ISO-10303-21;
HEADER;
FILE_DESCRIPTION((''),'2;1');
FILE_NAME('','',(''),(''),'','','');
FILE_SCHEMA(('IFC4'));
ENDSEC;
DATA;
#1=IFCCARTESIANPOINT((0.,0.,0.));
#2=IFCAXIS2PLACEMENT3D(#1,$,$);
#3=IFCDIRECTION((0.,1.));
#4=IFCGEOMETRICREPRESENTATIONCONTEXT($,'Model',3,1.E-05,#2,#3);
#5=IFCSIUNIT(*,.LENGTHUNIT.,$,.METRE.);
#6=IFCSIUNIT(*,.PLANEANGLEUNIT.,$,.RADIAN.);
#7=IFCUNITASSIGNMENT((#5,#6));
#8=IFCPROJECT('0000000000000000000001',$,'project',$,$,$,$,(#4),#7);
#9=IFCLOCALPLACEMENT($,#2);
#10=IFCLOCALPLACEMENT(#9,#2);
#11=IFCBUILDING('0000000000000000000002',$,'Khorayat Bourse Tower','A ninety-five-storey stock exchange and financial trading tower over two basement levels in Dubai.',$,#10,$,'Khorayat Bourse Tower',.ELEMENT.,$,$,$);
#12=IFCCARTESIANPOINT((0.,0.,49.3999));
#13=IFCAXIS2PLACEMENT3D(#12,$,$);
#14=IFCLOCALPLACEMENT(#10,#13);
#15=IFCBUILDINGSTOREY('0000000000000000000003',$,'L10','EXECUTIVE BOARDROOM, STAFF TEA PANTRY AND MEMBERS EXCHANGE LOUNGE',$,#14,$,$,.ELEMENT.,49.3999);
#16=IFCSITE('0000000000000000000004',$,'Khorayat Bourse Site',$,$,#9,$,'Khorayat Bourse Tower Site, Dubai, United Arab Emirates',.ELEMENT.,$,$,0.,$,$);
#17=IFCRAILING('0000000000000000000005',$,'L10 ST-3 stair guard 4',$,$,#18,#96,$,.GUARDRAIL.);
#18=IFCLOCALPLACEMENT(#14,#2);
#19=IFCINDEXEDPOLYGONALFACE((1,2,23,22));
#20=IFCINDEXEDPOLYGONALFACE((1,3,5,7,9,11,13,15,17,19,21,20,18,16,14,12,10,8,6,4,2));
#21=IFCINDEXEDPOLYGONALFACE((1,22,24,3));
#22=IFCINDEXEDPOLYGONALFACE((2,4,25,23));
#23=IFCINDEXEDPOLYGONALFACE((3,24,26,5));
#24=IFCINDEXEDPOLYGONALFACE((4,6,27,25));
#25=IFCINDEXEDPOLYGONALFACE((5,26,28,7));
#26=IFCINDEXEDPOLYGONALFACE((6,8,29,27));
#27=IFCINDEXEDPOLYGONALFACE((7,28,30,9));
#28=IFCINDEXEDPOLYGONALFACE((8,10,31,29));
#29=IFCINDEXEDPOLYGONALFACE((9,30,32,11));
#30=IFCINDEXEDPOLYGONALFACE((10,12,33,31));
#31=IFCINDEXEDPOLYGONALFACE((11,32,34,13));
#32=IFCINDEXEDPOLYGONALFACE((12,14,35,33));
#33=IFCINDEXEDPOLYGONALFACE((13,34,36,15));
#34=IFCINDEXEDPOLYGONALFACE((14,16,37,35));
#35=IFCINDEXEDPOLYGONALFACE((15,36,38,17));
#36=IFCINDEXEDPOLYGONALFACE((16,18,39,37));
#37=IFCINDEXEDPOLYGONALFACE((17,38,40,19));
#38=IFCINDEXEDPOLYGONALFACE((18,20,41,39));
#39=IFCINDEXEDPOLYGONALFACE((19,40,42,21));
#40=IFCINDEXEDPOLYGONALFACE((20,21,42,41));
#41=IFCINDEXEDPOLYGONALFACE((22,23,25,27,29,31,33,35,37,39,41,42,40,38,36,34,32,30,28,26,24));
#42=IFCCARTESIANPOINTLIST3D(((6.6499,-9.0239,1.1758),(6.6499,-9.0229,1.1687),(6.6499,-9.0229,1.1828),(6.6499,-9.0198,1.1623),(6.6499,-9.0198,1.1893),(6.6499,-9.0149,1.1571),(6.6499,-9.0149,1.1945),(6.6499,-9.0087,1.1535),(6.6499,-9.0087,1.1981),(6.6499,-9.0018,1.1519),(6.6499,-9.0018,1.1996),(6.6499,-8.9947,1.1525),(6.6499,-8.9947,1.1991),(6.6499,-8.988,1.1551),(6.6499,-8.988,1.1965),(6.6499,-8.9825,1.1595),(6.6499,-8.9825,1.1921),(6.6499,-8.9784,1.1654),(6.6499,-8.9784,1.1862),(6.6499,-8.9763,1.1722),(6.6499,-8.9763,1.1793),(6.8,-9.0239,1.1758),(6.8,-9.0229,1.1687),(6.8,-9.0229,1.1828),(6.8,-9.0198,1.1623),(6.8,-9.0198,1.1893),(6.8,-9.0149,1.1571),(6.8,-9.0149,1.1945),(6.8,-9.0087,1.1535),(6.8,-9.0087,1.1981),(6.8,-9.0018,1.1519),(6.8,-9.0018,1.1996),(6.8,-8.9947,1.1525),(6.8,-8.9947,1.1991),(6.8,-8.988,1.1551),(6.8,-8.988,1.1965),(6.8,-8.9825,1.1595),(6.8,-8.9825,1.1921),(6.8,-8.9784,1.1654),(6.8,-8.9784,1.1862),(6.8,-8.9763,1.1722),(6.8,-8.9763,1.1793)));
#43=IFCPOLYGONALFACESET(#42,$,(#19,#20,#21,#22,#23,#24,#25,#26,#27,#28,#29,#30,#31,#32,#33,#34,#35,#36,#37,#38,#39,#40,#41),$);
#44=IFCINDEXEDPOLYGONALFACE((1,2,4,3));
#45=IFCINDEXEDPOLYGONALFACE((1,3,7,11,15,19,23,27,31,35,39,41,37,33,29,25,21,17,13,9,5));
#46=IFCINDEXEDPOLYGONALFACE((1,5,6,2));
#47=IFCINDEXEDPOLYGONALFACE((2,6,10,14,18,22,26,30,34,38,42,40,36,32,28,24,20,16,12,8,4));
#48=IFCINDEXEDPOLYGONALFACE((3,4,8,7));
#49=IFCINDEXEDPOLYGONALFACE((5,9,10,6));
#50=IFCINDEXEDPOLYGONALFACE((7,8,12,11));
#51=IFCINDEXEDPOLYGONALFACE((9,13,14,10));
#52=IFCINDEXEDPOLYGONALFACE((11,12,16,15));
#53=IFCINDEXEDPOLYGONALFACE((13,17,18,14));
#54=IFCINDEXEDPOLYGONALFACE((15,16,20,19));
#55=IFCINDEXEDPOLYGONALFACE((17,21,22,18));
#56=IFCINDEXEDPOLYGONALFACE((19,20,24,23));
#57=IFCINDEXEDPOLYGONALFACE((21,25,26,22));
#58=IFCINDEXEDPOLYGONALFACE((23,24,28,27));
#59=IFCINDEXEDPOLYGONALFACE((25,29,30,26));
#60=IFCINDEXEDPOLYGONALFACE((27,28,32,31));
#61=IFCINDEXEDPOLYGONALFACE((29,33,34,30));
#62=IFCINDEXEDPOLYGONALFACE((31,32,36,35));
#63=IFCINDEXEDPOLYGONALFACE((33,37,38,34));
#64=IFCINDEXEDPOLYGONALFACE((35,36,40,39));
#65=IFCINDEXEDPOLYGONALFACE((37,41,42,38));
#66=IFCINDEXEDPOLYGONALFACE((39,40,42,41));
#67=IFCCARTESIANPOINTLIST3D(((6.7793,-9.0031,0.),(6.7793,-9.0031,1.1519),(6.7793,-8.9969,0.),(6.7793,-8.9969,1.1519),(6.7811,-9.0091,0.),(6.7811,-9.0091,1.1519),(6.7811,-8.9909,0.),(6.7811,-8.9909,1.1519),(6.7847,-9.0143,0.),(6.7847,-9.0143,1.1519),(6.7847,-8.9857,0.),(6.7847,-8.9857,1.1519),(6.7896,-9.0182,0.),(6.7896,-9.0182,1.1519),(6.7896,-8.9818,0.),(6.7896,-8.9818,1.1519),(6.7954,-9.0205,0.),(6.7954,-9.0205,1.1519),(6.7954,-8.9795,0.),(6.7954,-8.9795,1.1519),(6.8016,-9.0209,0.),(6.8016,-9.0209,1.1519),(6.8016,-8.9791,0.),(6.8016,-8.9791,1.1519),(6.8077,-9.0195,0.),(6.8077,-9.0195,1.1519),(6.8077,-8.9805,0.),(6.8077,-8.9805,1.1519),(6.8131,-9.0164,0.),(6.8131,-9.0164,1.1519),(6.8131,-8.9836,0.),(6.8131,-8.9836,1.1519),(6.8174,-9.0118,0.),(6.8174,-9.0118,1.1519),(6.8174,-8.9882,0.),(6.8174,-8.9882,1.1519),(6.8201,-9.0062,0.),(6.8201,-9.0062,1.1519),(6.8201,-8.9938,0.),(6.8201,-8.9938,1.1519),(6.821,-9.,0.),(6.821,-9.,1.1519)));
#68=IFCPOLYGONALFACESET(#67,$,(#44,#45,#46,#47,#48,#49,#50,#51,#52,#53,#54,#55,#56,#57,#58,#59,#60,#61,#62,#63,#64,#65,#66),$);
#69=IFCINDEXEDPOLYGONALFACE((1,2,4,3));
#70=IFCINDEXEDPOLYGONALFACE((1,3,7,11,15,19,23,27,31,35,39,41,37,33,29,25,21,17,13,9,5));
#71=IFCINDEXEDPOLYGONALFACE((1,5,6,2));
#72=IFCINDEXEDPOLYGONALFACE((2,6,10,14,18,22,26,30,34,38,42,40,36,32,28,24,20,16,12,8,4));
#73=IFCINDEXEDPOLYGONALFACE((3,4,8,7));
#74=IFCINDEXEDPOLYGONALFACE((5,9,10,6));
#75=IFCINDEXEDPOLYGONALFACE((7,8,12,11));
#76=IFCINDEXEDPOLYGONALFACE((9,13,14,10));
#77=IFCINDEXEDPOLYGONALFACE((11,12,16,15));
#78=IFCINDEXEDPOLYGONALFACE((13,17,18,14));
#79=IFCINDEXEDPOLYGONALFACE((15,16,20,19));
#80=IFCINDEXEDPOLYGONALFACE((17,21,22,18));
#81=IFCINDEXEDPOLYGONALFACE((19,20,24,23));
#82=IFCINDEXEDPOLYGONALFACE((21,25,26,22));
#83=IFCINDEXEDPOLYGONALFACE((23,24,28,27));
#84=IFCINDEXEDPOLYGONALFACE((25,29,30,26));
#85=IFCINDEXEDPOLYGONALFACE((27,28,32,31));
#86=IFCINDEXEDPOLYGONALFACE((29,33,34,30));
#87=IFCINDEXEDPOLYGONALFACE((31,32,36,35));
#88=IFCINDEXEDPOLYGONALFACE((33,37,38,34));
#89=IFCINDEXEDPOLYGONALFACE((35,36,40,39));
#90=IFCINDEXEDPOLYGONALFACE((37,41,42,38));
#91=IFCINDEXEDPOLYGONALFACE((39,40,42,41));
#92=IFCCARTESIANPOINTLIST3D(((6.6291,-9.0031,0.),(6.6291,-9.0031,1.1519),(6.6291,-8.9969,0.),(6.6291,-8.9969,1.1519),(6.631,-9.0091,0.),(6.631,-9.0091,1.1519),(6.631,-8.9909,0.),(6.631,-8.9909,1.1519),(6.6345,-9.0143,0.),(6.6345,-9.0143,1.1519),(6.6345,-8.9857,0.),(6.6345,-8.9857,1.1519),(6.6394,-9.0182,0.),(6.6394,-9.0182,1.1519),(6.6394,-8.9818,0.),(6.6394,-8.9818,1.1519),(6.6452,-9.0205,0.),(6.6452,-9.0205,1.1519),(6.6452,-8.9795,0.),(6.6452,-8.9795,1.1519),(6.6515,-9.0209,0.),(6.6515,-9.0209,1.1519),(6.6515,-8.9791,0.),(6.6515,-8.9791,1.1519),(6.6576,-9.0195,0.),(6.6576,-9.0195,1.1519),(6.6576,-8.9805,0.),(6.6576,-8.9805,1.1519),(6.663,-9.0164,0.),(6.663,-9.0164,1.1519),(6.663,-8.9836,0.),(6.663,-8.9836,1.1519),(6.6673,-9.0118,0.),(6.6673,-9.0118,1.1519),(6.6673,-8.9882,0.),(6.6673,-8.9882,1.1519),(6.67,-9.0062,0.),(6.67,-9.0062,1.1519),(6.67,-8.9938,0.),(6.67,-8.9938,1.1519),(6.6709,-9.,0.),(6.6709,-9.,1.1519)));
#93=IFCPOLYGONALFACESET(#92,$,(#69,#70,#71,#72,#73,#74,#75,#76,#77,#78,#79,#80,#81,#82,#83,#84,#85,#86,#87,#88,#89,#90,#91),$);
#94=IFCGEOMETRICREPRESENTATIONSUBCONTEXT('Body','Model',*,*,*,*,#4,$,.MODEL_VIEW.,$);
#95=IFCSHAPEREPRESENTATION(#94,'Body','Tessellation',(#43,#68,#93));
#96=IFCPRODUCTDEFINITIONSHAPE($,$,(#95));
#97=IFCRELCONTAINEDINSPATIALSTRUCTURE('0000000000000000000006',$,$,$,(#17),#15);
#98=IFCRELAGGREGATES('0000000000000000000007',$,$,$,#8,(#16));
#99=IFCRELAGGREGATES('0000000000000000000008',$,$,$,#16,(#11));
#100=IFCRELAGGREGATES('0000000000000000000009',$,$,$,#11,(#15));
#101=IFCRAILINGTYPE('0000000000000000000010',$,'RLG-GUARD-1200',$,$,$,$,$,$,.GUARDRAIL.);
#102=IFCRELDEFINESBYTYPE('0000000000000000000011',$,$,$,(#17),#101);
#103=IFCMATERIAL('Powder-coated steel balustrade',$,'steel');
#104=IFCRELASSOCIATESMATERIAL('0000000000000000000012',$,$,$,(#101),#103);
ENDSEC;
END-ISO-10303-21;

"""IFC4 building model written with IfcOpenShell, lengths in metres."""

from ifc_helpers import new_model, si_unit, direction, frame, origin, origin_2d, place, context, subcontext, project, spatial, circle, extrude, source, transform, mapped, material, type_object, element, save


model = new_model("IFC4")

# Units and contexts
model_context = context("Model", 3, precision=1e-05, world=origin(), true_north=direction((0.0, 1.0)))
body_context = subcontext(model_context, "Body", "Model", "MODEL_VIEW")
ifc_project = project(units=[si_unit("LENGTHUNIT", "METRE"), si_unit("PLANEANGLEUNIT", "RADIAN")], contexts=[model_context])

# Site, building, storey
site_placement = place(None, origin())
site = spatial("IfcSite", under=ifc_project, at=site_placement, Name="Khorayat Bourse Site", LongName="Khorayat Bourse Tower Site, Dubai, United Arab Emirates", CompositionType="ELEMENT", RefElevation=0.0)
building_placement = place(site_placement, origin())
building = spatial("IfcBuilding", under=site, at=building_placement, Name="Khorayat Bourse Tower", Description="A ninety-five-storey stock exchange and financial trading tower over two basement levels in Dubai.", LongName="Khorayat Bourse Tower", CompositionType="ELEMENT")
storey_placement = place(building_placement, frame((0.0, 0.0, 49.3999)))
storey = spatial("IfcBuildingStorey", under=building, at=storey_placement, Name="L10", Description="EXECUTIVE BOARDROOM, STAFF TEA PANTRY AND MEMBERS EXCHANGE LOUNGE", CompositionType="ELEMENT", Elevation=49.3999)

# Railing
ifc_material_1 = material(Name="Powder-coated steel balustrade", Category="steel")
railing_type_1 = type_object("IfcRailingType", Name="RLG-GUARD-1200", PredefinedType="GUARDRAIL", material=ifc_material_1)
shared_shape_1 = source(origin(), body_context, "Body", "SweptSolid", [
    extrude(circle(Radius=0.0239, at=origin_2d()), frame((0.0, 0.0, 1.1758), z_axis=(-1.0, 0.0, 0.0), x_axis=(0.0, -1.0, 0.0)), (0.0, 0.0, 1.0), 0.1501),
    extrude(circle(Radius=0.021, at=origin_2d()), origin(), (0.0, 0.0, 1.0), 1.1519),
    extrude(circle(Radius=0.021, at=origin_2d()), frame((-0.1501, 0.0, 0.0)), (0.0, 0.0, 1.0), 1.1519),
])
railing_1_placement = place(storey_placement, frame((6.8, -9.0, 0.0)))
element("IfcRailing", 1, at=railing_1_placement, inside=storey, type_object=railing_type_1, Name="L10 ST-3 stair guard 4", PredefinedType="GUARDRAIL", context=body_context, shape_type="MappedRepresentation", body=[
    mapped(shared_shape_1, transform((0.0, 0.0, 0.0), scale=1.0)),
])

save(model, "model.ifc")
